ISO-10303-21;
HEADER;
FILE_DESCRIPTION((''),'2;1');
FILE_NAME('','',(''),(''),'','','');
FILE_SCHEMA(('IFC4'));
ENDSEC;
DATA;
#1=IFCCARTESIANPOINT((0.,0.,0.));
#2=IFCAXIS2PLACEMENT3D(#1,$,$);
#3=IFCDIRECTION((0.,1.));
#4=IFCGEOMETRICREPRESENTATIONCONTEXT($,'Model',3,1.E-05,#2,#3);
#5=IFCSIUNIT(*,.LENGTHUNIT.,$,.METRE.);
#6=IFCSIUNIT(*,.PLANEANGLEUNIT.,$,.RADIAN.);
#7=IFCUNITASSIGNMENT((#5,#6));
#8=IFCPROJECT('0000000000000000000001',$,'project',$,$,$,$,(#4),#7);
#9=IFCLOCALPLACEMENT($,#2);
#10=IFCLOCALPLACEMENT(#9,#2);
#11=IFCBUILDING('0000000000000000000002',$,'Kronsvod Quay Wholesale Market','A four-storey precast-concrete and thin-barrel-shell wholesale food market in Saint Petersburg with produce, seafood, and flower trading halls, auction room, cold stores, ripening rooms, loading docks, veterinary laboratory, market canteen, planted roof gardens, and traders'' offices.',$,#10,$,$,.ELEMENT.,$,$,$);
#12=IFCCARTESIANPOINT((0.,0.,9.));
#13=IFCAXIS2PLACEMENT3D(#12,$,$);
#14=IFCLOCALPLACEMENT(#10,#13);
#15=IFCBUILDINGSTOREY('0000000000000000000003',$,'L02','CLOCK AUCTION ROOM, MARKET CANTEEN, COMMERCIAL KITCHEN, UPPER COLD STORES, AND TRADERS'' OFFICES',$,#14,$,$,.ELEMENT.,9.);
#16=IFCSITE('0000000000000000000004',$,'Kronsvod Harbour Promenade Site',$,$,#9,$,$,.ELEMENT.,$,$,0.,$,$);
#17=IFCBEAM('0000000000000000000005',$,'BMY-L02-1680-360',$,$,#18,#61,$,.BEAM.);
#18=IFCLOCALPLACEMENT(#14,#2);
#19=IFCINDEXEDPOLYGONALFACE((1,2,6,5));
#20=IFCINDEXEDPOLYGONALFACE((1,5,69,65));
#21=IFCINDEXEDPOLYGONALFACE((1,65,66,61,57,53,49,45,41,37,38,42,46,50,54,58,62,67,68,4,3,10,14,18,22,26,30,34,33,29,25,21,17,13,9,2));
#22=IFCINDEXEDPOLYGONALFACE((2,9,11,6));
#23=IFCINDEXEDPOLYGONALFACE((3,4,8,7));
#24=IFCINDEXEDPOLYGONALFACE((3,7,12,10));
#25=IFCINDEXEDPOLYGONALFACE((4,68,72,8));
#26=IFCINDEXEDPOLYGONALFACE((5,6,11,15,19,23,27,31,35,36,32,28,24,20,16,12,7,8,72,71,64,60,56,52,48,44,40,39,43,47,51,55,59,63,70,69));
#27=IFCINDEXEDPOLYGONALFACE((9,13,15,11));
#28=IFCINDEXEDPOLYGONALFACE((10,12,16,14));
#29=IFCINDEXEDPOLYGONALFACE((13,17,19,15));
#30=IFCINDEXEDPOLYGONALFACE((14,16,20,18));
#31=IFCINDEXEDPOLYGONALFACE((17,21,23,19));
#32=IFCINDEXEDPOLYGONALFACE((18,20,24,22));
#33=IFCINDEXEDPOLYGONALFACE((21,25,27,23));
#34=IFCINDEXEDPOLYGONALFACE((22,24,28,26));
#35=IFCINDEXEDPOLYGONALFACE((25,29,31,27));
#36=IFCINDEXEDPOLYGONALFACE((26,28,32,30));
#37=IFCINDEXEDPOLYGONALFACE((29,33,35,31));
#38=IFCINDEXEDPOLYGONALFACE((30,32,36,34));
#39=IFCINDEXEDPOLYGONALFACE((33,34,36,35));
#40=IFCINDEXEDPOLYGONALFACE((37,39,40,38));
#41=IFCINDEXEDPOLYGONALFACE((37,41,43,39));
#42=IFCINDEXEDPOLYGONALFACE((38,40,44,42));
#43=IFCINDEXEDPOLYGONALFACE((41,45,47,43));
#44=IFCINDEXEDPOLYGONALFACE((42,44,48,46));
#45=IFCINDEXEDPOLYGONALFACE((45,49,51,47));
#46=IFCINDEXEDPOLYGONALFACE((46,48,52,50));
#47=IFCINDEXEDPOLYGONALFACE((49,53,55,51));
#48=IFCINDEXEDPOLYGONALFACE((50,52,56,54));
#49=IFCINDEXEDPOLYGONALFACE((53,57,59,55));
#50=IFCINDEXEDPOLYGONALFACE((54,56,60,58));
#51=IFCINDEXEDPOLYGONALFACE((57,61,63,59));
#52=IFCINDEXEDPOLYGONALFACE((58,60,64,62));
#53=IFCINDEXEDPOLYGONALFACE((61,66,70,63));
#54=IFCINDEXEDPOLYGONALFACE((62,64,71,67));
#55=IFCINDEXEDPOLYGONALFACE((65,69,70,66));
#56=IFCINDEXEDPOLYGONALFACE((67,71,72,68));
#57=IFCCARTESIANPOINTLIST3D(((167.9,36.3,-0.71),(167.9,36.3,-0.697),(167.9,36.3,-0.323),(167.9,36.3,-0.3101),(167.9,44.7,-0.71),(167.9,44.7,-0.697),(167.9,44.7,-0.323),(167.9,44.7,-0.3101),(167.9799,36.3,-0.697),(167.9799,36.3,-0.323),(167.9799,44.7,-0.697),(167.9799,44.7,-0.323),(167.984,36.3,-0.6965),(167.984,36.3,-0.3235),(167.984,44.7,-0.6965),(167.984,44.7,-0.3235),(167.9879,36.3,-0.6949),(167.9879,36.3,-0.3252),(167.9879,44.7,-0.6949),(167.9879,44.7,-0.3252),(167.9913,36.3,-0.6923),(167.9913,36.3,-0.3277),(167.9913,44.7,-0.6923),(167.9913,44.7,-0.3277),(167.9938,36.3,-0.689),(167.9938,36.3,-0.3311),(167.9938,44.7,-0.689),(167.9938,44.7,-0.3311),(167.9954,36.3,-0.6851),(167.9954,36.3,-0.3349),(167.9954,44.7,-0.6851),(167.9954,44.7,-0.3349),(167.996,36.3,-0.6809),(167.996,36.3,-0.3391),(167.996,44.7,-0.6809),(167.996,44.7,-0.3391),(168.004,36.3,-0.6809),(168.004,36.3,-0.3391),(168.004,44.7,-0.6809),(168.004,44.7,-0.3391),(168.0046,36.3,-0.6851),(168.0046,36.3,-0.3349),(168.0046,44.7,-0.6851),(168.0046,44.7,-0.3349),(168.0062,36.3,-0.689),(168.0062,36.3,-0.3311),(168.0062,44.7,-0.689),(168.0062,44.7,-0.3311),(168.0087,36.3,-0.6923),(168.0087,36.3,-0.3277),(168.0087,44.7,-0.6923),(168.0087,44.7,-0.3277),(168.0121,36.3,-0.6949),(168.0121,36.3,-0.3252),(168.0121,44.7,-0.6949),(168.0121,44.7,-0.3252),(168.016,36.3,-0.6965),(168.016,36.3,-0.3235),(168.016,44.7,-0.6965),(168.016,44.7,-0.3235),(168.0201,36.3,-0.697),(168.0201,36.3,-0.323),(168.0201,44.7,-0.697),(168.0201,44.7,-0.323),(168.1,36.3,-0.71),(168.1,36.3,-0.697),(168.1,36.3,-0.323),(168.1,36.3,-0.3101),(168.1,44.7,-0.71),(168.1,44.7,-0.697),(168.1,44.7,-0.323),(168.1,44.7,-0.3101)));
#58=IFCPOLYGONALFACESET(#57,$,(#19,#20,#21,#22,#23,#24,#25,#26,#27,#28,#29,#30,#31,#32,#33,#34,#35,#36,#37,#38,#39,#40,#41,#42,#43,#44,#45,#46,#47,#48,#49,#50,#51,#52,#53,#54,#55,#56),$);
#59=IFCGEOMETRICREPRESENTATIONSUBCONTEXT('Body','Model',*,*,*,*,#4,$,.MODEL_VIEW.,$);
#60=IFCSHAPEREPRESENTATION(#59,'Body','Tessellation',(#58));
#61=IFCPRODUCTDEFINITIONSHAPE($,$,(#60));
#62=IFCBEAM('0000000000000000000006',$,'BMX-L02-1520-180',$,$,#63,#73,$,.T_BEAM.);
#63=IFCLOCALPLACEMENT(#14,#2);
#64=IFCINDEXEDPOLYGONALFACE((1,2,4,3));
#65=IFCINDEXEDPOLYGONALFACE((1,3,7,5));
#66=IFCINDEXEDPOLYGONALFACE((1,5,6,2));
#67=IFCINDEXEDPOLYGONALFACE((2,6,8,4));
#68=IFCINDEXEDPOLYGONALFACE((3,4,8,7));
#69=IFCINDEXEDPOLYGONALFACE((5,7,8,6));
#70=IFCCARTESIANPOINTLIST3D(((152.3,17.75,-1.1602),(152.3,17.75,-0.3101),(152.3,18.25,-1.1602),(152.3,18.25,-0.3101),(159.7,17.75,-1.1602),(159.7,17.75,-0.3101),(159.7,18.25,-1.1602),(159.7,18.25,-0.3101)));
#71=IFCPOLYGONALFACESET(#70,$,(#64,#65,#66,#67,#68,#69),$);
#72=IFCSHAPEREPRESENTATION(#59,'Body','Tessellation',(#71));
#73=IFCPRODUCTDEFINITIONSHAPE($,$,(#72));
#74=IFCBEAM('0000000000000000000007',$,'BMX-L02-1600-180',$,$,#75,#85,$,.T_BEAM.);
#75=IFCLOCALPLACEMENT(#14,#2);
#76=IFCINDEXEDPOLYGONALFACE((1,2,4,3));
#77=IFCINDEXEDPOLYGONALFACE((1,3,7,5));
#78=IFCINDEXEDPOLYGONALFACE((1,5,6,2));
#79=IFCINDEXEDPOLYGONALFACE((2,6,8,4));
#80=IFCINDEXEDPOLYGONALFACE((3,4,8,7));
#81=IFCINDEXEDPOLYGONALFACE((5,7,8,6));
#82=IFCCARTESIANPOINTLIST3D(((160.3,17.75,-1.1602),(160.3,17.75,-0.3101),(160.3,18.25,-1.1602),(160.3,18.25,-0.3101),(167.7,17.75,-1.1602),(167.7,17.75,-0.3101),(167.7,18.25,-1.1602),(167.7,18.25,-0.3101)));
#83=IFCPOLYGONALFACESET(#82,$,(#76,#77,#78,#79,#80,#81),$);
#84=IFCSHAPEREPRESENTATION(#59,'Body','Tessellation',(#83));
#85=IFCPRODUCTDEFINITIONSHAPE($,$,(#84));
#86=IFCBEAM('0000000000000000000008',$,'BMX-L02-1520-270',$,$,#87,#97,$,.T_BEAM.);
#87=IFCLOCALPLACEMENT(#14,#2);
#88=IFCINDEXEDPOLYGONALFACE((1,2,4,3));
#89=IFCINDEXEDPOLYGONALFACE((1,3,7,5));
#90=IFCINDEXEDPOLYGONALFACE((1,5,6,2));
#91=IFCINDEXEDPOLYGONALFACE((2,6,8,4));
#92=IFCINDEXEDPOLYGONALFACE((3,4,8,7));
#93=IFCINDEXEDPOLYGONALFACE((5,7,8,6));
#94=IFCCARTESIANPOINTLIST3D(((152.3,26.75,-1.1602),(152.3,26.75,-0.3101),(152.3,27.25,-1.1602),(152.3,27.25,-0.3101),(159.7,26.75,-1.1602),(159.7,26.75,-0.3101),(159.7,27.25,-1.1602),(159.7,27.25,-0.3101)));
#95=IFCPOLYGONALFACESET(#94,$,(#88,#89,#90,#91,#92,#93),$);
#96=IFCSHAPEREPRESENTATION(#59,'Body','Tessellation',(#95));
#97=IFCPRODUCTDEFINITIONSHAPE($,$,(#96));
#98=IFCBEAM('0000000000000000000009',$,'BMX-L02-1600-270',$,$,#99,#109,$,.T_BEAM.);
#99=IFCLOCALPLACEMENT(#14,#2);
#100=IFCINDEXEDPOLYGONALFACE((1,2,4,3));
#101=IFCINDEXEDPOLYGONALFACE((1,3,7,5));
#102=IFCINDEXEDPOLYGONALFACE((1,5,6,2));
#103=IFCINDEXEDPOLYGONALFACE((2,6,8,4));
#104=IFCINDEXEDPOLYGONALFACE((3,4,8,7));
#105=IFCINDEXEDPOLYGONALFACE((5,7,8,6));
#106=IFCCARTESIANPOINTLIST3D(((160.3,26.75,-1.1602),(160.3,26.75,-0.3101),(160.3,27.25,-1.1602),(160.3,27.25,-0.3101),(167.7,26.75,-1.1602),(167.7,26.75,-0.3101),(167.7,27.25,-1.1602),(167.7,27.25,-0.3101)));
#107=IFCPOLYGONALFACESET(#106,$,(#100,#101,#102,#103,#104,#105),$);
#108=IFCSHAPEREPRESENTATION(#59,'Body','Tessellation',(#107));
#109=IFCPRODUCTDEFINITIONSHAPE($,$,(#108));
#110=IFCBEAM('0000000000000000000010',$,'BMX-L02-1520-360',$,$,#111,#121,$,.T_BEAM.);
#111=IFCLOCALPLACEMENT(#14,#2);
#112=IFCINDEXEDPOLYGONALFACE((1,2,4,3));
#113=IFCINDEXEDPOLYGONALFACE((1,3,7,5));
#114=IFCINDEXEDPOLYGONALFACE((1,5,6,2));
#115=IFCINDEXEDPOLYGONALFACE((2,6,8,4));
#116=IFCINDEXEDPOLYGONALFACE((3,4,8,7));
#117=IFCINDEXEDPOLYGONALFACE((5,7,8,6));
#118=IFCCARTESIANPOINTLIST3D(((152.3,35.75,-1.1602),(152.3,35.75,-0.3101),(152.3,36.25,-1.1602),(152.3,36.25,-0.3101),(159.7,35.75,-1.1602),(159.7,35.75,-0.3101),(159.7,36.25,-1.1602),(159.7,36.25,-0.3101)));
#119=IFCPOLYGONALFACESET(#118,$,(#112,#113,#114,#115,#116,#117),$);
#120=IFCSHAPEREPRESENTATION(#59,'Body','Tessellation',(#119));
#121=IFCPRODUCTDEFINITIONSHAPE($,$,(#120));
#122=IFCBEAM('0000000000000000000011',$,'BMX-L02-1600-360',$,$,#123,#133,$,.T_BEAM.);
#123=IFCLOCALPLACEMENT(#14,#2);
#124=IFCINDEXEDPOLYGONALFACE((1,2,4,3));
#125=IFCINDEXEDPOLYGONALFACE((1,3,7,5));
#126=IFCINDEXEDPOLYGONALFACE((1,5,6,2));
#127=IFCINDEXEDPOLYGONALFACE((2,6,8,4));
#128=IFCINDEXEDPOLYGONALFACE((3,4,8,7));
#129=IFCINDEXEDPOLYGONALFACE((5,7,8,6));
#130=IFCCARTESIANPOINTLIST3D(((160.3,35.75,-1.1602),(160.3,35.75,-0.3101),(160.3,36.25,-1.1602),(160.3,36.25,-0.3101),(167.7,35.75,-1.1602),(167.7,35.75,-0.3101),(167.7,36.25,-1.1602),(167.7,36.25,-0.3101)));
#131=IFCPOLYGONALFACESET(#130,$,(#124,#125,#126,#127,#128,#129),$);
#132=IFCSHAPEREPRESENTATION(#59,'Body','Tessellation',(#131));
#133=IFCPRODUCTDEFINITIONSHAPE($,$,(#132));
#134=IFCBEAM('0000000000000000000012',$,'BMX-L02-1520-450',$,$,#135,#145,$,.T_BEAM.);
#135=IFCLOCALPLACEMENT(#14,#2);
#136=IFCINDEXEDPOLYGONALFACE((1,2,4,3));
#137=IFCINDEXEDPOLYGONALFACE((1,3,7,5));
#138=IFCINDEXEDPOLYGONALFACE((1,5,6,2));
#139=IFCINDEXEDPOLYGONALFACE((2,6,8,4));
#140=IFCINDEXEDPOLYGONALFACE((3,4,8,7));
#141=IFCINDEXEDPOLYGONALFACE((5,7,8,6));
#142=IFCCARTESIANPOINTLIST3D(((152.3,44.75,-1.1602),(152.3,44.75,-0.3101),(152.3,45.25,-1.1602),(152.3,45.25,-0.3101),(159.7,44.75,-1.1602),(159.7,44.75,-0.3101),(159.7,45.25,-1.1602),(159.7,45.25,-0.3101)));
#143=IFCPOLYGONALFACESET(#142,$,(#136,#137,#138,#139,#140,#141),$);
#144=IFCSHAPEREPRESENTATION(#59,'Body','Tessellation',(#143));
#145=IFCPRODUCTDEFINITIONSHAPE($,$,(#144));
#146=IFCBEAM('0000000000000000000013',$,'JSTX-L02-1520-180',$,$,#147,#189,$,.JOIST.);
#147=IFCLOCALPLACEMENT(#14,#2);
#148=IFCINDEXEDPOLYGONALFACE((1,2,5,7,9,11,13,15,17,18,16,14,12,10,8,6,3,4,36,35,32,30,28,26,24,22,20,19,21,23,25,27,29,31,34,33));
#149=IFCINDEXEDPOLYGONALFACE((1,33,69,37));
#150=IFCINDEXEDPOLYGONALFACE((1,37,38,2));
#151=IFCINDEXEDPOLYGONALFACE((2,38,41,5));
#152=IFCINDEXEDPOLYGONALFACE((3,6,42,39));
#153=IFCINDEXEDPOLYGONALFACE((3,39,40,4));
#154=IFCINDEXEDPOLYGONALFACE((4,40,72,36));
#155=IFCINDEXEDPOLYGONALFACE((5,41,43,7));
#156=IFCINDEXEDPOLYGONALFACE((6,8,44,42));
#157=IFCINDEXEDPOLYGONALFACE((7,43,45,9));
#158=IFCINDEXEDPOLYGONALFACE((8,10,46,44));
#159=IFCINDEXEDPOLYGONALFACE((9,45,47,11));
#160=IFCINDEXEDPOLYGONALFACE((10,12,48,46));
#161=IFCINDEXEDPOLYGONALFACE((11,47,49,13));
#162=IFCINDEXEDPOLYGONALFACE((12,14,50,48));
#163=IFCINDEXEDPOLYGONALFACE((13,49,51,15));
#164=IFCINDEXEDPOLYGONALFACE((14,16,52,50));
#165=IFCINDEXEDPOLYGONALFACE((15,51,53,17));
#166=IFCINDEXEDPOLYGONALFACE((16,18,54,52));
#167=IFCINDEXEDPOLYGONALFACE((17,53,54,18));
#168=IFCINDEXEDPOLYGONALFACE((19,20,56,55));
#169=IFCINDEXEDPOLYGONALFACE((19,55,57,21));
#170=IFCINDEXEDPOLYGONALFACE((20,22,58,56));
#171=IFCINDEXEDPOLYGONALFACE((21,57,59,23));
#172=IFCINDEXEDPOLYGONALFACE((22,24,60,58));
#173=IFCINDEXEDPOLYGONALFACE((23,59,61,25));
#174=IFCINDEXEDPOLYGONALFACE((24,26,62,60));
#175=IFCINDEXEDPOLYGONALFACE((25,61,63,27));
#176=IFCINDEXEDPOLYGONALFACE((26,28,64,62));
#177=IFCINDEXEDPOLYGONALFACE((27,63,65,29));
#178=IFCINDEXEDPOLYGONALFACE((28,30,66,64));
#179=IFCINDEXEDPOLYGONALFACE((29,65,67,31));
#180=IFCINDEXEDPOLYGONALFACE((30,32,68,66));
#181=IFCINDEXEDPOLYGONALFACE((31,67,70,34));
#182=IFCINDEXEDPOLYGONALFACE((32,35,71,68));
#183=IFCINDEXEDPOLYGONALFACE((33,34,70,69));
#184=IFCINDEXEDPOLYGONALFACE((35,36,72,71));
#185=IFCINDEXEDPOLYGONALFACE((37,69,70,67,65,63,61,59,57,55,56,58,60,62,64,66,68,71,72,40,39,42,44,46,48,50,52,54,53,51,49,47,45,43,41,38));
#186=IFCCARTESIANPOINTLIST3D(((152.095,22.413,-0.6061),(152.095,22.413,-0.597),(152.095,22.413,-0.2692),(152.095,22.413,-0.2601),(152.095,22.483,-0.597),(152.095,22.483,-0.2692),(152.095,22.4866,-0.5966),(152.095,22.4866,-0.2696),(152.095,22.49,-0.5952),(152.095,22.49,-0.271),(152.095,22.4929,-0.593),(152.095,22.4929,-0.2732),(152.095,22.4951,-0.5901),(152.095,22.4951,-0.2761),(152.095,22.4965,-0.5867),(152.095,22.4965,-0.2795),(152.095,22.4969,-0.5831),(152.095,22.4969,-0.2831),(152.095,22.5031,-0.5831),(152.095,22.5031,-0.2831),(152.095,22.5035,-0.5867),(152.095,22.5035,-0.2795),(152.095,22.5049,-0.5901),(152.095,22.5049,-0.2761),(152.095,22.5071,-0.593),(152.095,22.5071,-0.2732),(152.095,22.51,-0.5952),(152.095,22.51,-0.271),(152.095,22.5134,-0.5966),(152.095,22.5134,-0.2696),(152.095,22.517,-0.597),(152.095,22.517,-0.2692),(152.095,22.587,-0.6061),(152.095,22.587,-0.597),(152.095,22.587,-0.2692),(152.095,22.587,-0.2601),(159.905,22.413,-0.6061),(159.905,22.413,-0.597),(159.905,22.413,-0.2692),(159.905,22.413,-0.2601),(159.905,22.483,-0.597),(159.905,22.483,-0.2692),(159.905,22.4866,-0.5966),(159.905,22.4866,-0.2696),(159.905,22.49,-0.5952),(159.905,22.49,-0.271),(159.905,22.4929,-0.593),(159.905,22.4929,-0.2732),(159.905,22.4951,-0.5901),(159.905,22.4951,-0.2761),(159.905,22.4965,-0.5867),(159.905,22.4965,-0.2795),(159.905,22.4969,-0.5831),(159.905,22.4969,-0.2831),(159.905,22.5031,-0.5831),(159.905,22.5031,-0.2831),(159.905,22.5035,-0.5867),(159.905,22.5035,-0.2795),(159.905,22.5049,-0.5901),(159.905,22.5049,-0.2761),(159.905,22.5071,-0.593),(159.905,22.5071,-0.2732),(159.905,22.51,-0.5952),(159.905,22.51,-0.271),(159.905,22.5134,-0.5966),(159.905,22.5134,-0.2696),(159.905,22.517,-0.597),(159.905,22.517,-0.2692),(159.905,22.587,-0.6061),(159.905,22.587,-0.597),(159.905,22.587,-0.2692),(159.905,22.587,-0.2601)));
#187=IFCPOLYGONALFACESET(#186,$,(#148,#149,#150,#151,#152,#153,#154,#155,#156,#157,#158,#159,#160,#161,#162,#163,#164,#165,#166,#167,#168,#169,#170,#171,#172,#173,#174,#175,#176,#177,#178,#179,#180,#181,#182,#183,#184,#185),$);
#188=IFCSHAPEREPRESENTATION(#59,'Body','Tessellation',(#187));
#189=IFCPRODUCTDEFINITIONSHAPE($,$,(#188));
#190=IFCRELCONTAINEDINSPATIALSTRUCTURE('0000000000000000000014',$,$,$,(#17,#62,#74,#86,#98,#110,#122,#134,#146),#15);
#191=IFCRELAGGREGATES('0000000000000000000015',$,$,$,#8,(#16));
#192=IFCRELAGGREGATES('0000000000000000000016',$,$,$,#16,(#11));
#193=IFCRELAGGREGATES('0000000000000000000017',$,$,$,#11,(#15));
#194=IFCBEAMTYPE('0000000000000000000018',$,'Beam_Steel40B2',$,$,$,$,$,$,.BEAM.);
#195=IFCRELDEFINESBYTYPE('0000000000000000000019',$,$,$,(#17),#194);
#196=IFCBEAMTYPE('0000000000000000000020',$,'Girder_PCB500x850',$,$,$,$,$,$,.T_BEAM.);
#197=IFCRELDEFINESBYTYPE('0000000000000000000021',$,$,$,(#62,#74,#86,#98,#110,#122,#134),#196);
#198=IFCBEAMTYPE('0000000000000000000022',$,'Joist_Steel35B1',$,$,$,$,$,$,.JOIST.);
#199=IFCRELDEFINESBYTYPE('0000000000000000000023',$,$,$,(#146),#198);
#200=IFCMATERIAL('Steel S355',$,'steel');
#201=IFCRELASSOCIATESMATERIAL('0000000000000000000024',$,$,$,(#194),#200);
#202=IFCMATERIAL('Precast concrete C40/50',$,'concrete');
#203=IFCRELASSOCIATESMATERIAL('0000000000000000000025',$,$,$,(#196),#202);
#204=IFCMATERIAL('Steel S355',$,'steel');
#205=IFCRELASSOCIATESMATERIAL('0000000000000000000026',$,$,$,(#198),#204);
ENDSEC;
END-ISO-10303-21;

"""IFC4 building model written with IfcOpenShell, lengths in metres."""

from ifc_helpers import new_model, si_unit, direction, frame, origin, origin_2d, place, context, subcontext, project, spatial, rectangle, i_section, extrude, material, material_profile, profile_set, type_object, element, save


model = new_model("IFC4")

# Units and contexts
model_context = context("Model", 3, precision=1e-05, world=origin(), true_north=direction((0.0, 1.0)))
body_context = subcontext(model_context, "Body", "Model", "MODEL_VIEW")
ifc_project = project(units=[si_unit("LENGTHUNIT", "METRE"), si_unit("PLANEANGLEUNIT", "RADIAN")], contexts=[model_context])

# Site, building, storey
site_placement = place(None, origin())
site = spatial("IfcSite", under=ifc_project, at=site_placement, Name="Kronsvod Harbour Promenade Site", CompositionType="ELEMENT", RefElevation=0.0)
building_placement = place(site_placement, origin())
building = spatial("IfcBuilding", under=site, at=building_placement, Name="Kronsvod Quay Wholesale Market", Description="A four-storey precast-concrete and thin-barrel-shell wholesale food market in Saint Petersburg with produce, seafood, and flower trading halls, auction room, cold stores, ripening rooms, loading docks, veterinary laboratory, market canteen, planted roof gardens, and traders' offices.", CompositionType="ELEMENT")
storey_placement = place(building_placement, frame((0.0, 0.0, 9.0)))
storey = spatial("IfcBuildingStorey", under=building, at=storey_placement, Name="L02", Description="CLOCK AUCTION ROOM, MARKET CANTEEN, COMMERCIAL KITCHEN, UPPER COLD STORES, AND TRADERS' OFFICES", CompositionType="ELEMENT", Elevation=9.0)

# Beams
ifc_material_1 = material(Name="Steel S355", Category="steel")
ifc_material_profile_1 = material_profile(ifc_material_1, i_section(OverallWidth=0.2, OverallDepth=0.3999, WebThickness=0.0081, FlangeThickness=0.0129, FilletRadius=0.0161, at=origin_2d()), Name="40B2")
ifc_profile_set_1 = profile_set([ifc_material_profile_1], Name="Steel S355")
beam_type_1 = type_object("IfcBeamType", Name="Beam_Steel40B2", PredefinedType="BEAM", material=ifc_profile_set_1)
for number, where, z_axis, x_axis, name in (
    (1, (168.0, 36.3, -0.51), (0.0, 1.0, 0.0), (-1.0, 0.0, 0.0), "BMY-L02-1680-360"),
):
    element("IfcBeam", number, at=place(storey_placement, frame(where, z_axis=z_axis, x_axis=x_axis)), inside=storey, type_object=beam_type_1, Name=name, PredefinedType="BEAM", context=body_context, shape_type="SweptSolid", body=[
        extrude(i_section(OverallWidth=0.2, OverallDepth=0.3999, WebThickness=0.0081, FlangeThickness=0.0129, FilletRadius=0.0161, at=origin_2d()), origin(), (0.0, 0.0, 1.0), 8.3999),
    ])
ifc_material_2 = material(Name="Precast concrete C40/50", Category="concrete")
ifc_material_profile_2 = material_profile(ifc_material_2, rectangle(XDim=0.5, YDim=0.8501, at=origin_2d()), Name="PCB500x850")
ifc_profile_set_2 = profile_set([ifc_material_profile_2], Name="Precast concrete C40/50")
beam_type_2 = type_object("IfcBeamType", Name="Girder_PCB500x850", PredefinedType="T_BEAM", material=ifc_profile_set_2)
for number, where, z_axis, x_axis, name in (
    (2, (152.3, 18.0, -0.7351), (1.0, 0.0, 0.0), (0.0, 1.0, 0.0), "BMX-L02-1520-180"),
    (3, (160.3, 18.0, -0.7351), (1.0, 0.0, 0.0), (0.0, 1.0, 0.0), "BMX-L02-1600-180"),
    (4, (152.3, 27.0, -0.7351), (1.0, 0.0, 0.0), (0.0, 1.0, 0.0), "BMX-L02-1520-270"),
    (5, (160.3, 27.0, -0.7351), (1.0, 0.0, 0.0), (0.0, 1.0, 0.0), "BMX-L02-1600-270"),
    (6, (152.3, 36.0, -0.7351), (1.0, 0.0, 0.0), (0.0, 1.0, 0.0), "BMX-L02-1520-360"),
    (7, (160.3, 36.0, -0.7351), (1.0, 0.0, 0.0), (0.0, 1.0, 0.0), "BMX-L02-1600-360"),
    (8, (152.3, 45.0, -0.7351), (1.0, 0.0, 0.0), (0.0, 1.0, 0.0), "BMX-L02-1520-450"),
):
    element("IfcBeam", number, at=place(storey_placement, frame(where, z_axis=z_axis, x_axis=x_axis)), inside=storey, type_object=beam_type_2, Name=name, PredefinedType="T_BEAM", context=body_context, shape_type="SweptSolid", body=[
        extrude(rectangle(XDim=0.5, YDim=0.8501, at=origin_2d()), origin(), (0.0, 0.0, 1.0), 7.3999),
    ])
ifc_material_3 = material(Name="Steel S355", Category="steel")
ifc_material_profile_3 = material_profile(ifc_material_3, i_section(OverallWidth=0.1741, OverallDepth=0.3459, WebThickness=0.0061, FlangeThickness=0.009, FilletRadius=0.0139, at=origin_2d()), Name="35B1")
ifc_profile_set_3 = profile_set([ifc_material_profile_3], Name="Steel S355")
beam_type_3 = type_object("IfcBeamType", Name="Joist_Steel35B1", PredefinedType="JOIST", material=ifc_profile_set_3)
for number, where, z_axis, x_axis, name in (
    (9, (152.095, 22.5, -0.4331), (1.0, 0.0, 0.0), (0.0, 1.0, 0.0), "JSTX-L02-1520-180"),
):
    element("IfcBeam", number, at=place(storey_placement, frame(where, z_axis=z_axis, x_axis=x_axis)), inside=storey, type_object=beam_type_3, Name=name, PredefinedType="JOIST", context=body_context, shape_type="SweptSolid", body=[
        extrude(i_section(OverallWidth=0.1741, OverallDepth=0.3459, WebThickness=0.0061, FlangeThickness=0.009, FilletRadius=0.0139, at=origin_2d()), origin(), (0.0, 0.0, 1.0), 7.8101),
    ])

save(model, "model.ifc")
